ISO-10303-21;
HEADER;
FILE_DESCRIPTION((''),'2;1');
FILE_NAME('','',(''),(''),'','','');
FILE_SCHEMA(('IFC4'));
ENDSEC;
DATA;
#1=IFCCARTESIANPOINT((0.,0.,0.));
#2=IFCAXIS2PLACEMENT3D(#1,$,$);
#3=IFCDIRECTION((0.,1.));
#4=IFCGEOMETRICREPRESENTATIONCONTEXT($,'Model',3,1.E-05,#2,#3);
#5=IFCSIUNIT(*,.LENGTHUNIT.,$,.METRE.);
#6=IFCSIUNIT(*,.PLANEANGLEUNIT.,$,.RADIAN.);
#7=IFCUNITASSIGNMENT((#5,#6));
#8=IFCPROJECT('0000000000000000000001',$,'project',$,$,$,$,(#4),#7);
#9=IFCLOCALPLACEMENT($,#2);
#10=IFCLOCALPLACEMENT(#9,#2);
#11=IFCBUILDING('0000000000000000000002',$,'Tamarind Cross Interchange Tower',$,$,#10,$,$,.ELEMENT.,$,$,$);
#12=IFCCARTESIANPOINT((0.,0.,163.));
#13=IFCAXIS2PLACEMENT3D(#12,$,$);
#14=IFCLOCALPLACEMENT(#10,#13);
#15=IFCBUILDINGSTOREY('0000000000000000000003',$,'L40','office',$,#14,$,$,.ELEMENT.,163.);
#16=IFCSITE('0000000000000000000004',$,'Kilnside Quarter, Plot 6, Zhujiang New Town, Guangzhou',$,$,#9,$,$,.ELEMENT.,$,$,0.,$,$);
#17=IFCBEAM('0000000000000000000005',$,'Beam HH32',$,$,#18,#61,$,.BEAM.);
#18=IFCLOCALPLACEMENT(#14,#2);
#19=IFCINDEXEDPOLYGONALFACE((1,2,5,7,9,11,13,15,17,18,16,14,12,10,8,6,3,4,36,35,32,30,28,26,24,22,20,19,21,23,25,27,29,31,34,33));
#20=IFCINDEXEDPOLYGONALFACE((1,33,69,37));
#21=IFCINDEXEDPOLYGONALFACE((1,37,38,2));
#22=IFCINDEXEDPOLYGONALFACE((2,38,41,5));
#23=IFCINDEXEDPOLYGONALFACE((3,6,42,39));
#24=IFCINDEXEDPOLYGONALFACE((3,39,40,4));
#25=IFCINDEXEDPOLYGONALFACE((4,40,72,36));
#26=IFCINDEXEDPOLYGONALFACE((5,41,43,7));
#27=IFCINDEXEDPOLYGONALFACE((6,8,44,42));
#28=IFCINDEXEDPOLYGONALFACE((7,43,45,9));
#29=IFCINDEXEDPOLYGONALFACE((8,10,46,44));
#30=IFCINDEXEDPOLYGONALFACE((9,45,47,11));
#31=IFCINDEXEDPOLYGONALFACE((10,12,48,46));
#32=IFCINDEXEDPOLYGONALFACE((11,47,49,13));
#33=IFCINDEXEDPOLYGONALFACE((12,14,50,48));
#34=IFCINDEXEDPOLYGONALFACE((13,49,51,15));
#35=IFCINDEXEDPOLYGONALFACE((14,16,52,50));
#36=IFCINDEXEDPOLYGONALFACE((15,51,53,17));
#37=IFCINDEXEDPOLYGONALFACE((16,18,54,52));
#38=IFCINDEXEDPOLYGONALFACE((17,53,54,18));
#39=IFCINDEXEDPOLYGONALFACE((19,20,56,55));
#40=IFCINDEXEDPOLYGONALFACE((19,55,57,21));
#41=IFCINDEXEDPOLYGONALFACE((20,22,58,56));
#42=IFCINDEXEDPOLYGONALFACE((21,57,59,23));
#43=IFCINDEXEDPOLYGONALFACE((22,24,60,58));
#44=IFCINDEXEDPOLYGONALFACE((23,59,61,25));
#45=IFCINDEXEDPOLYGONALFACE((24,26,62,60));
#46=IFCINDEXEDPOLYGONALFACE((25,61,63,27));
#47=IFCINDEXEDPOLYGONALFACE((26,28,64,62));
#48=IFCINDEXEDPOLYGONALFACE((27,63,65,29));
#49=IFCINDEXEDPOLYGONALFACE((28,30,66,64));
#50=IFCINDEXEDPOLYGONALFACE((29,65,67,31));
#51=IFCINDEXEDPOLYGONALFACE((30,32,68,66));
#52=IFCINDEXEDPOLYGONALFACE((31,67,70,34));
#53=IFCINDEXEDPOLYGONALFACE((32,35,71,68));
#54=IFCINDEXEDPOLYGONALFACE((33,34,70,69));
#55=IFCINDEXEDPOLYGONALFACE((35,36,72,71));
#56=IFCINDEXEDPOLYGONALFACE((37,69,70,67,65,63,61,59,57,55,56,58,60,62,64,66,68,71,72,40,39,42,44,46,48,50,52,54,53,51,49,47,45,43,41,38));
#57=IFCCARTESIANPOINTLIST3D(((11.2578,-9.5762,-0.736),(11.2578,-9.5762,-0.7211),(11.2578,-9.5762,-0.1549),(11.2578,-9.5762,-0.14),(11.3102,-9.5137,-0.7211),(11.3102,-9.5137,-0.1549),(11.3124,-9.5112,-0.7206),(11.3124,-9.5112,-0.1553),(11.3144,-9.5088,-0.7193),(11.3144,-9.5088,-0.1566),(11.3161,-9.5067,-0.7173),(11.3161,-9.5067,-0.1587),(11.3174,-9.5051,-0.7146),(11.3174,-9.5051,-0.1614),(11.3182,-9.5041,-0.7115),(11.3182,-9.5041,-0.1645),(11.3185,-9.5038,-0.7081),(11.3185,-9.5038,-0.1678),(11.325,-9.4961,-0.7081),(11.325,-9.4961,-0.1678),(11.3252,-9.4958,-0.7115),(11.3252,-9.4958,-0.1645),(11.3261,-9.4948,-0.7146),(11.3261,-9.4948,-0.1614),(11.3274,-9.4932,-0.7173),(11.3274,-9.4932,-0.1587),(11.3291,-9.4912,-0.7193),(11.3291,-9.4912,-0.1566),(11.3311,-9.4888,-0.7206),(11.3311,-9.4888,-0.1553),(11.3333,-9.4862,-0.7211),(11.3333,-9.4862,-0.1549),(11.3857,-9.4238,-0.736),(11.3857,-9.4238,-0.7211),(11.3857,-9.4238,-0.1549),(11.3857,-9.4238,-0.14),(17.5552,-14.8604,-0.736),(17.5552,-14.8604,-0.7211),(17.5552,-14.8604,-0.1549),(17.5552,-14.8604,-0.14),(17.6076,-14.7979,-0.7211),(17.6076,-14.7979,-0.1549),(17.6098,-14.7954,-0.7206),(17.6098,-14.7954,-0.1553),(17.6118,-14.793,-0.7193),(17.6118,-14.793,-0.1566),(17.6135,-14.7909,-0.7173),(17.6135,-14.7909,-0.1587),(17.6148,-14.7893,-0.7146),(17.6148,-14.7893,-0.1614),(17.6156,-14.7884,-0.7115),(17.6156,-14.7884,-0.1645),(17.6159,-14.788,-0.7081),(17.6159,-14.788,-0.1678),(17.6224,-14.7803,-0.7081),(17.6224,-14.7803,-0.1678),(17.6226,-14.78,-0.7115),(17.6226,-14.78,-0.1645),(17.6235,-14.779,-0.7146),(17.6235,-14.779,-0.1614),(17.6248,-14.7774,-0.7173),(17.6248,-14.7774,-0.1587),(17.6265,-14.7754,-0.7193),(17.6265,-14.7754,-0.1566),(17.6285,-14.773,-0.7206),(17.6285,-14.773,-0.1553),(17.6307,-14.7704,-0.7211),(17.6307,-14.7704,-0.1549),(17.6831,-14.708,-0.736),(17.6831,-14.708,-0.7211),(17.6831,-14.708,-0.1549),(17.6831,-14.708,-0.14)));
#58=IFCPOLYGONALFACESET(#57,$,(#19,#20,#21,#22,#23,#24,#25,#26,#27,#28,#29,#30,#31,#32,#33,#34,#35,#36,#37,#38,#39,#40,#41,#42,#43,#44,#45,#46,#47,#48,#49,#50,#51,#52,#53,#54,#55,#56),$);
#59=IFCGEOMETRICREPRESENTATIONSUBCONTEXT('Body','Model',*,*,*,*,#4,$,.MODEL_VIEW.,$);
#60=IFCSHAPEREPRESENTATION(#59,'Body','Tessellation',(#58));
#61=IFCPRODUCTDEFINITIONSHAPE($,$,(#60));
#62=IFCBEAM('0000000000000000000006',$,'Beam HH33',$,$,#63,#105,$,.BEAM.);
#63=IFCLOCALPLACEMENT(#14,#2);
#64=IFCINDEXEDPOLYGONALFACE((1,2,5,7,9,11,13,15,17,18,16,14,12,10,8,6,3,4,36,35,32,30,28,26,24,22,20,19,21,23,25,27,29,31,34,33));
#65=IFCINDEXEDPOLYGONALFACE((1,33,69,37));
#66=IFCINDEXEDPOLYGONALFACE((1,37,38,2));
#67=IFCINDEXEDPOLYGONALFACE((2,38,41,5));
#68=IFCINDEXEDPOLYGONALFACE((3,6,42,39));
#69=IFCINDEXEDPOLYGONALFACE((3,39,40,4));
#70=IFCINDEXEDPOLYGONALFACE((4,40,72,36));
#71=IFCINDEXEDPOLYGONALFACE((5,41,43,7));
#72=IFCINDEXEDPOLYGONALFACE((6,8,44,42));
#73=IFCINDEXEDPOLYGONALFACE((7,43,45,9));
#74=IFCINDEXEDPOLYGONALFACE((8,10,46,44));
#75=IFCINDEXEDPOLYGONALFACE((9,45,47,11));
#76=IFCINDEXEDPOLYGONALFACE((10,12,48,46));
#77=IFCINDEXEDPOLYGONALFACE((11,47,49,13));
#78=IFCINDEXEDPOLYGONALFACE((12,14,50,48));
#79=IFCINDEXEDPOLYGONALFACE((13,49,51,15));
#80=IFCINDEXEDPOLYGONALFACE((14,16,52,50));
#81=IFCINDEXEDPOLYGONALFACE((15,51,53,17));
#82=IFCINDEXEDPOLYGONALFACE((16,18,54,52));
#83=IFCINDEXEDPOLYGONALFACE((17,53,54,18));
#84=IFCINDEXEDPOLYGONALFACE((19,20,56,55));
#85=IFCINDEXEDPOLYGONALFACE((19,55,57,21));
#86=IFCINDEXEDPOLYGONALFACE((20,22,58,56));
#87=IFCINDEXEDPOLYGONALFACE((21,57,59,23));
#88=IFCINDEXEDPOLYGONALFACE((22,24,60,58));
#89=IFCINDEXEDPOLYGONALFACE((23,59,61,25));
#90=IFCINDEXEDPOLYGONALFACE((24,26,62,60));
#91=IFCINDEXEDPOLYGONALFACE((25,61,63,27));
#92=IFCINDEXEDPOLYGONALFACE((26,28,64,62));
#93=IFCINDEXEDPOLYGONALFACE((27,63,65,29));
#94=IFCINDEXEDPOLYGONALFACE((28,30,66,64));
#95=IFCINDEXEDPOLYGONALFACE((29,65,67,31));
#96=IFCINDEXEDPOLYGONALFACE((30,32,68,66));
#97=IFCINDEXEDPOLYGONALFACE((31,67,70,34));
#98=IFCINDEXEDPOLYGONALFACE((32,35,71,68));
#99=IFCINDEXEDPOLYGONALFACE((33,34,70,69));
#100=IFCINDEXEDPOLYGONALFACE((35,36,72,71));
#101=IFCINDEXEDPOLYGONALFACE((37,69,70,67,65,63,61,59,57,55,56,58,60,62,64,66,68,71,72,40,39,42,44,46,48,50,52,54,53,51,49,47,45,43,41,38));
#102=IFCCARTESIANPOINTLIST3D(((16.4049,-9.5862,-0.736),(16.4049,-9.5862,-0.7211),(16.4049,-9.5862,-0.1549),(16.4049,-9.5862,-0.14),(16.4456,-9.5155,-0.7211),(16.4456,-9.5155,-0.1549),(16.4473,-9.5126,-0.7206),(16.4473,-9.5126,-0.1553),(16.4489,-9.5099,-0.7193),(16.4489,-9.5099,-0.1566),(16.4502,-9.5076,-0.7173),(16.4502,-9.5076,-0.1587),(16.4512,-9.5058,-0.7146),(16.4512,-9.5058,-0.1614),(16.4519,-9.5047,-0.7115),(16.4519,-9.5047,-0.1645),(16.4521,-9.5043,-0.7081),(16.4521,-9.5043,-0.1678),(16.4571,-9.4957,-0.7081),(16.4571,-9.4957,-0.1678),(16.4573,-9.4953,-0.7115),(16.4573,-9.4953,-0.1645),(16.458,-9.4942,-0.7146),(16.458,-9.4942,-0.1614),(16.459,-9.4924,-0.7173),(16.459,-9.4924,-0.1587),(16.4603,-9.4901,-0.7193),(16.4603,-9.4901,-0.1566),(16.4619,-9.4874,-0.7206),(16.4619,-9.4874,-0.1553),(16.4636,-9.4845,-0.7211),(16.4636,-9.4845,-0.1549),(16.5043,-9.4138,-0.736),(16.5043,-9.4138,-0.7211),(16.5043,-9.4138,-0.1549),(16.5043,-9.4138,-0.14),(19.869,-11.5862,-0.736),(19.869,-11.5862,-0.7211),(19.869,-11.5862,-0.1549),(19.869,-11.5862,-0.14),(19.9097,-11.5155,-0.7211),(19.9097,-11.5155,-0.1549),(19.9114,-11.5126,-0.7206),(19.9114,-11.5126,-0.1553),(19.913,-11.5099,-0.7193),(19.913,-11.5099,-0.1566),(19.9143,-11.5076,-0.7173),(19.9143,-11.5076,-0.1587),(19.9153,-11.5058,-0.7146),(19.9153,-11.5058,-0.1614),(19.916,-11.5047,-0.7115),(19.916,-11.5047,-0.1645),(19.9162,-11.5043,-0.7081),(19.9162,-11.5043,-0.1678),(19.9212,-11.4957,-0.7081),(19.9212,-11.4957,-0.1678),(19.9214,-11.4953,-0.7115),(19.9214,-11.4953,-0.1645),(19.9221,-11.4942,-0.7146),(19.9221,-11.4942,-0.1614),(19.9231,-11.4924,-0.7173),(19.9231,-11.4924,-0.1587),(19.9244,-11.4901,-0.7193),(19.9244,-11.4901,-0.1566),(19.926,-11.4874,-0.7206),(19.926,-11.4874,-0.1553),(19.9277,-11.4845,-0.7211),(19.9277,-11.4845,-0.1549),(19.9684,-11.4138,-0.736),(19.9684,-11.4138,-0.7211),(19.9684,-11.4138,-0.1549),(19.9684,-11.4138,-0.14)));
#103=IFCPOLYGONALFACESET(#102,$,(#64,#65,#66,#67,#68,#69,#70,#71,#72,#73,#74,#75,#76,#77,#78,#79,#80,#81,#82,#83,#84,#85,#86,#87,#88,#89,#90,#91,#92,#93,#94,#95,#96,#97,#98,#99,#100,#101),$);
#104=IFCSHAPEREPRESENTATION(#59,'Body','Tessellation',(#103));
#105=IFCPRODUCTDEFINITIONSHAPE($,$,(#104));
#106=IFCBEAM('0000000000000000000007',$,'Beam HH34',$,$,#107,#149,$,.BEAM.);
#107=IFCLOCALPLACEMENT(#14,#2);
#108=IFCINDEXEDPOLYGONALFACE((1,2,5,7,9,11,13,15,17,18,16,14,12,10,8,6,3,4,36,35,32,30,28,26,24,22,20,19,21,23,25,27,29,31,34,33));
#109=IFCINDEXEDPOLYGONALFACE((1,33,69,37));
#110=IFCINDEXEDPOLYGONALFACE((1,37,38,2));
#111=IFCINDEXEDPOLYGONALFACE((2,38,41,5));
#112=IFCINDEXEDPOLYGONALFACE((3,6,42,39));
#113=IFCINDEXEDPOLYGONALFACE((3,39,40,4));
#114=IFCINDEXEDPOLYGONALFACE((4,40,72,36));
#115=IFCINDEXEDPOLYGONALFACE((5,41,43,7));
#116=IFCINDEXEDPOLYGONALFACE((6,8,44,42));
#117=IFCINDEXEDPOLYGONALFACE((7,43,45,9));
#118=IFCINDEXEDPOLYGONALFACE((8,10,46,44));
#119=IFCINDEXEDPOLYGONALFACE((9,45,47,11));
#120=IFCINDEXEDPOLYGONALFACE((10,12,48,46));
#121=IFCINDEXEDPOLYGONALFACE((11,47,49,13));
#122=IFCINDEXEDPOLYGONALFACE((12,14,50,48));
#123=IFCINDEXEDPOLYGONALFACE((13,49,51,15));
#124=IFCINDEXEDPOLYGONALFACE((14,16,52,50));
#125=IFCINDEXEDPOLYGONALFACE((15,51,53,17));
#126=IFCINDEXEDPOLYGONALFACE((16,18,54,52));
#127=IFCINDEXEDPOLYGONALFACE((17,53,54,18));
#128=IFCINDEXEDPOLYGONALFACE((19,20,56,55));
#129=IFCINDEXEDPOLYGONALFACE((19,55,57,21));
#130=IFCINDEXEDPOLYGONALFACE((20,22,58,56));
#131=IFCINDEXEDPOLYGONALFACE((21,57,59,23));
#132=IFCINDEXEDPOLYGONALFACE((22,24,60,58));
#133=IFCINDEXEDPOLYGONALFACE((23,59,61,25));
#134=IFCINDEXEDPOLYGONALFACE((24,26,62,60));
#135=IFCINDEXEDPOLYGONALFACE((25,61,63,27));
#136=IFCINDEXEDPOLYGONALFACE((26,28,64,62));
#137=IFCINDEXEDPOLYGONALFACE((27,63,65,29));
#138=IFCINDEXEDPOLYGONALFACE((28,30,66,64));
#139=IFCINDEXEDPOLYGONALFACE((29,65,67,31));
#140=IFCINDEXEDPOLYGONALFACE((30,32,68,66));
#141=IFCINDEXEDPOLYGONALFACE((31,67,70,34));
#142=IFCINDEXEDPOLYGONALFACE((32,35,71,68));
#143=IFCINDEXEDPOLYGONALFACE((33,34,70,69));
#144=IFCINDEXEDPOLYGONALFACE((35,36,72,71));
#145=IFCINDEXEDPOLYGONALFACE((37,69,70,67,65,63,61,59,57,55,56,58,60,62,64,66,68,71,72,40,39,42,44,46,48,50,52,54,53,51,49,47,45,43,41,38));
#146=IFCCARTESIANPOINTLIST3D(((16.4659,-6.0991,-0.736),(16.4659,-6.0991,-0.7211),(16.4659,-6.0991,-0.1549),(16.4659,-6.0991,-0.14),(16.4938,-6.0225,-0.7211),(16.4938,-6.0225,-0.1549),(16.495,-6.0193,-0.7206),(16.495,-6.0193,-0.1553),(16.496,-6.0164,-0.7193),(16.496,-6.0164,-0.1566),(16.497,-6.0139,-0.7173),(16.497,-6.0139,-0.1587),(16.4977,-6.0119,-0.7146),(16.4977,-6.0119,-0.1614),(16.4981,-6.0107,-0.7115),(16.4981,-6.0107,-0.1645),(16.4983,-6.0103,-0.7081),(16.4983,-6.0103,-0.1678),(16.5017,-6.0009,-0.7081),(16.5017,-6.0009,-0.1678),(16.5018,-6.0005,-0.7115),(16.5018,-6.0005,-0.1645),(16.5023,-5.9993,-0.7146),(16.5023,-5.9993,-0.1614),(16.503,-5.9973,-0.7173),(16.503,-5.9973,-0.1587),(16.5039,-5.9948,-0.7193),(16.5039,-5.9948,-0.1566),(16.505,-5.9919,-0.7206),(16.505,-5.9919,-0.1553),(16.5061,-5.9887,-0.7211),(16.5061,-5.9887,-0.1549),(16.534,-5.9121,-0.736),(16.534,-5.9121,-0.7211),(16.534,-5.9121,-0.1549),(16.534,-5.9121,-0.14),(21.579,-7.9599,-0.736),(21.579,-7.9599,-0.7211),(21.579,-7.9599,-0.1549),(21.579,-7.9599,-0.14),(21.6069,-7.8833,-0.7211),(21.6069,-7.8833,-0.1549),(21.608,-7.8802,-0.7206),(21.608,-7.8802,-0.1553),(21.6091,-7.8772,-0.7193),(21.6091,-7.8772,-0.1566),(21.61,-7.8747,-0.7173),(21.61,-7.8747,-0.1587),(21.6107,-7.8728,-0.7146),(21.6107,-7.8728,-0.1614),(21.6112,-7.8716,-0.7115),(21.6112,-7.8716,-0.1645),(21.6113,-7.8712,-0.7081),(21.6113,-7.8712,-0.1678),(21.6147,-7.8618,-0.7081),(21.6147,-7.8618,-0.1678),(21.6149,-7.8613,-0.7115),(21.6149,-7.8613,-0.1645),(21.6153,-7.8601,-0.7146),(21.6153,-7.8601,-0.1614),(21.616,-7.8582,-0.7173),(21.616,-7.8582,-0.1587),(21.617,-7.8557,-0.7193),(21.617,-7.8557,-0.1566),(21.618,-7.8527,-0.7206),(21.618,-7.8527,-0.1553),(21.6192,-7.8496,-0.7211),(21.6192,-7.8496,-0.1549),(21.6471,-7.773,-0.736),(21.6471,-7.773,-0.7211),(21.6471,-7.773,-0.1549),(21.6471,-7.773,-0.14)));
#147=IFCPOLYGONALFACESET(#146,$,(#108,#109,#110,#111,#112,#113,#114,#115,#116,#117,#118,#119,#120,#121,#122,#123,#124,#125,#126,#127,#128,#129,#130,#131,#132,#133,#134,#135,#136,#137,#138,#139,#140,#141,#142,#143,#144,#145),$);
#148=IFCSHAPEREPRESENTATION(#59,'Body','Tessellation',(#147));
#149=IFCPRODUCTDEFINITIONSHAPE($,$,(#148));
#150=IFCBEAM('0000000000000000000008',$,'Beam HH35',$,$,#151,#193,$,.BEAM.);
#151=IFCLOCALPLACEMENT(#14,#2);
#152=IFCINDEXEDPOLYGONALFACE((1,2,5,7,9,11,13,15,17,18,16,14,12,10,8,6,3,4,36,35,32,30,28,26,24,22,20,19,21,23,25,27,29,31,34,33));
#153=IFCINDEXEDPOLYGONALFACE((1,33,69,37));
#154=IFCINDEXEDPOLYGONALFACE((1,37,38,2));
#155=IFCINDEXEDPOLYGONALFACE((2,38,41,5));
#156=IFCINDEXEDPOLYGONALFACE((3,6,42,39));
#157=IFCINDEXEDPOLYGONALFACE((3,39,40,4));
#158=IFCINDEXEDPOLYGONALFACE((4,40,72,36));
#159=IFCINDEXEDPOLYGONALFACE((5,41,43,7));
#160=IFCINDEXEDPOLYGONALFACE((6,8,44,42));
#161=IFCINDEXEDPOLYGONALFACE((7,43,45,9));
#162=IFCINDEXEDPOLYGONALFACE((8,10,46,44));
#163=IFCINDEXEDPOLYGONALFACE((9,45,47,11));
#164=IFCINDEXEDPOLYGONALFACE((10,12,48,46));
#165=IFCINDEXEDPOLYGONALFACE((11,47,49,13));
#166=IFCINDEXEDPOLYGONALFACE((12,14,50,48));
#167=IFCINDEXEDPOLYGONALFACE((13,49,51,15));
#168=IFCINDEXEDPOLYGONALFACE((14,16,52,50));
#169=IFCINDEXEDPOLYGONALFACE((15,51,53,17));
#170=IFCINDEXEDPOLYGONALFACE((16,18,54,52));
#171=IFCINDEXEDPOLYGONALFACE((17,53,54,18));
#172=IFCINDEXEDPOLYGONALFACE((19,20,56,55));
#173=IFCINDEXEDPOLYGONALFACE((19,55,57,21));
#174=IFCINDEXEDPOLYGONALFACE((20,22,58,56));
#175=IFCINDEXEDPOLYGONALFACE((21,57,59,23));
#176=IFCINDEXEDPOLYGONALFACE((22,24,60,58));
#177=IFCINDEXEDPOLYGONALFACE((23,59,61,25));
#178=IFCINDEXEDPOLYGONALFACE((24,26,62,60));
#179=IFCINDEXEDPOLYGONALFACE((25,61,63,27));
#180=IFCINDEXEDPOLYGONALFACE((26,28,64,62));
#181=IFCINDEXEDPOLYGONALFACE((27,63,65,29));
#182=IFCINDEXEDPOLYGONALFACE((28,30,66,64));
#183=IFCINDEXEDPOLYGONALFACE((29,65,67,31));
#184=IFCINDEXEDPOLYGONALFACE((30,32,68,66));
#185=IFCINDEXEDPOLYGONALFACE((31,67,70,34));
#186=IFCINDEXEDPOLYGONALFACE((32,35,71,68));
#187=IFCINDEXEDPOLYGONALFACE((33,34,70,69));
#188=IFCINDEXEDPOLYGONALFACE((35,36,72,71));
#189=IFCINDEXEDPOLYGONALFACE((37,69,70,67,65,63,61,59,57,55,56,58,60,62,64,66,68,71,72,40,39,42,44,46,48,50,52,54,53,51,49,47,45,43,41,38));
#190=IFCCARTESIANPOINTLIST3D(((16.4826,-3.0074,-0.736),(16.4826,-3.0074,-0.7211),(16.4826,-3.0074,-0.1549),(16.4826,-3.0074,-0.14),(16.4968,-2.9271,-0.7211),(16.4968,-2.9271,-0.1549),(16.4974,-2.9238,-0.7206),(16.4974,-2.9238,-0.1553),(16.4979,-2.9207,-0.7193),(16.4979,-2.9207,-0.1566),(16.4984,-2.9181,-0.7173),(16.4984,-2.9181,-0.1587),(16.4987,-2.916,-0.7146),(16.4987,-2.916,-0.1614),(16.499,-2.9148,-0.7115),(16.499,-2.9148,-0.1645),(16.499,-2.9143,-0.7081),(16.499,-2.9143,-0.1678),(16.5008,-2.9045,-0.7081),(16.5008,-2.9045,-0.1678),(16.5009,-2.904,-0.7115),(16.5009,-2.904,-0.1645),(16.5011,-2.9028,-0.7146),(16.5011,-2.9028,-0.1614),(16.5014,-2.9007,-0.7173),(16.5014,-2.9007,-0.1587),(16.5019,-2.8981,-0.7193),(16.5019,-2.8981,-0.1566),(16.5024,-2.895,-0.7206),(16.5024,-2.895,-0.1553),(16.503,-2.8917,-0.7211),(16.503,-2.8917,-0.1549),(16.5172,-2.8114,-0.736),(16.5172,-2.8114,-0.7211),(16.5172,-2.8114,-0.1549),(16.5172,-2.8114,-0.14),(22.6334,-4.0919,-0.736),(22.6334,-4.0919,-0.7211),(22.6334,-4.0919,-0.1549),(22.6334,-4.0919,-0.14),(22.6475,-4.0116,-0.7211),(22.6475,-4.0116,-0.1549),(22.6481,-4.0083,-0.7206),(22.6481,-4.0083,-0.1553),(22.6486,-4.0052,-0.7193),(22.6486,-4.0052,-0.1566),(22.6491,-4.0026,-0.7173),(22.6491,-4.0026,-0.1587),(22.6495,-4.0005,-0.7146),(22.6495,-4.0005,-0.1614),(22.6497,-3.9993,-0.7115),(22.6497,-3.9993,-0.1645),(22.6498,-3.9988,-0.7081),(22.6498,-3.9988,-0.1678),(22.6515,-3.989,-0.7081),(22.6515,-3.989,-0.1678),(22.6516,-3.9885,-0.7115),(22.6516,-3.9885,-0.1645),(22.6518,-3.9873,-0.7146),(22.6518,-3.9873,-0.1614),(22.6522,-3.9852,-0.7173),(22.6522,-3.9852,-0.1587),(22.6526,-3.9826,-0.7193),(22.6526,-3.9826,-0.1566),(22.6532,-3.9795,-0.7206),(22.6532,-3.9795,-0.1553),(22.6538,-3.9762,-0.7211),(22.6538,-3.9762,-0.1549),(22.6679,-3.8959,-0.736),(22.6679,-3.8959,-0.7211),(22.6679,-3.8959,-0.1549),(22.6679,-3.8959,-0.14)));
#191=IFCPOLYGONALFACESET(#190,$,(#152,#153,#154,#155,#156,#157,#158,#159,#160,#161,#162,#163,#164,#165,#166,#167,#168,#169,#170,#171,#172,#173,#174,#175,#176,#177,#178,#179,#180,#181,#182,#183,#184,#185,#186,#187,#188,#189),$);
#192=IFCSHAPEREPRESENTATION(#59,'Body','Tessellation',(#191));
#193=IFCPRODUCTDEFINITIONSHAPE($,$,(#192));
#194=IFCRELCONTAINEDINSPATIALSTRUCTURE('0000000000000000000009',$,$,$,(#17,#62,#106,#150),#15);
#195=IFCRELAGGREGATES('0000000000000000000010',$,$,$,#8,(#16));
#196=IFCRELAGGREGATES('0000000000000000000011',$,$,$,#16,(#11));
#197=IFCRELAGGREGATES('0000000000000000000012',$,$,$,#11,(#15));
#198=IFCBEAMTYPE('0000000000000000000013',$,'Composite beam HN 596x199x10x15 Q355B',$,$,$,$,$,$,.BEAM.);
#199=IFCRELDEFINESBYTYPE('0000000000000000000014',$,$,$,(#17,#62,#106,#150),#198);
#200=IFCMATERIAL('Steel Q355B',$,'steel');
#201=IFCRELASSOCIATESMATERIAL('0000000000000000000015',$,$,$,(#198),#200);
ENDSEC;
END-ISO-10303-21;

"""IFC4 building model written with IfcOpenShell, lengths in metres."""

from ifc_helpers import new_model, si_unit, direction, frame, origin, origin_2d, place, context, subcontext, project, spatial, i_section, extrude, material, material_profile, profile_set, type_object, element, save


model = new_model("IFC4")

# Units and contexts
model_context = context("Model", 3, precision=1e-05, world=origin(), true_north=direction((0.0, 1.0)))
body_context = subcontext(model_context, "Body", "Model", "MODEL_VIEW")
ifc_project = project(units=[si_unit("LENGTHUNIT", "METRE"), si_unit("PLANEANGLEUNIT", "RADIAN")], contexts=[model_context])

# Site, building, storey
site_placement = place(None, origin())
site = spatial("IfcSite", under=ifc_project, at=site_placement, Name="Kilnside Quarter, Plot 6, Zhujiang New Town, Guangzhou", CompositionType="ELEMENT", RefElevation=0.0)
building_placement = place(site_placement, origin())
building = spatial("IfcBuilding", under=site, at=building_placement, Name="Tamarind Cross Interchange Tower", CompositionType="ELEMENT")
storey_placement = place(building_placement, frame((0.0, 0.0, 163.0)))
storey = spatial("IfcBuildingStorey", under=building, at=storey_placement, Name="L40", Description="office", CompositionType="ELEMENT", Elevation=163.0)

# Beams
ifc_material_1 = material(Name="Steel Q355B", Category="steel")
ifc_material_profile_1 = material_profile(ifc_material_1, i_section(OverallWidth=0.199, OverallDepth=0.5959, WebThickness=0.01, FlangeThickness=0.0149, FilletRadius=0.0129, at=origin_2d()), Name="HN 596x199x10x15")
ifc_profile_set_1 = profile_set([ifc_material_profile_1], Name="Steel Q355B")
beam_type = type_object("IfcBeamType", Name="Composite beam HN 596x199x10x15 Q355B", PredefinedType="BEAM", material=ifc_profile_set_1)
beam_1_placement = place(storey_placement, frame((17.6191, -14.7842, -0.438), z_axis=(-0.766041, 0.642792, 0.0), x_axis=(-0.642792, -0.766041, 0.0)))
element("IfcBeam", 1, at=beam_1_placement, inside=storey, type_object=beam_type, Name="Beam HH32", PredefinedType="BEAM", context=body_context, shape_type="SweptSolid", body=[
    extrude(i_section(OverallWidth=0.199, OverallDepth=0.5959, WebThickness=0.01, FlangeThickness=0.0149, FilletRadius=0.0129, at=origin_2d()), origin(), (0.0, 0.0, 1.0), 8.2207),
])
beam_2_placement = place(storey_placement, frame((19.9187, -11.5, -0.438), z_axis=(-0.866026, 0.499999, 0.0), x_axis=(-0.499999, -0.866026, 0.0)))
element("IfcBeam", 2, at=beam_2_placement, inside=storey, type_object=beam_type, Name="Beam HH33", PredefinedType="BEAM", context=body_context, shape_type="SweptSolid", body=[
    extrude(i_section(OverallWidth=0.199, OverallDepth=0.5959, WebThickness=0.01, FlangeThickness=0.0149, FilletRadius=0.0129, at=origin_2d()), origin(), (0.0, 0.0, 1.0), 4.0),
])
beam_3_placement = place(storey_placement, frame((21.613, -7.8665, -0.438), z_axis=(-0.939702, 0.341995, 0.0), x_axis=(-0.341995, -0.939702, 0.0)))
element("IfcBeam", 3, at=beam_3_placement, inside=storey, type_object=beam_type, Name="Beam HH34", PredefinedType="BEAM", context=body_context, shape_type="SweptSolid", body=[
    extrude(i_section(OverallWidth=0.199, OverallDepth=0.5959, WebThickness=0.01, FlangeThickness=0.0149, FilletRadius=0.0129, at=origin_2d()), origin(), (0.0, 0.0, 1.0), 5.4412),
])
beam_4_placement = place(storey_placement, frame((22.6506, -3.9939, -0.438), z_axis=(-0.984809, 0.17364, 0.0), x_axis=(-0.17364, -0.984809, 0.0)))
element("IfcBeam", 4, at=beam_4_placement, inside=storey, type_object=beam_type, Name="Beam HH35", PredefinedType="BEAM", context=body_context, shape_type="SweptSolid", body=[
    extrude(i_section(OverallWidth=0.199, OverallDepth=0.5959, WebThickness=0.01, FlangeThickness=0.0149, FilletRadius=0.0129, at=origin_2d()), origin(), (0.0, 0.0, 1.0), 6.2456),
])

save(model, "model.ifc")
